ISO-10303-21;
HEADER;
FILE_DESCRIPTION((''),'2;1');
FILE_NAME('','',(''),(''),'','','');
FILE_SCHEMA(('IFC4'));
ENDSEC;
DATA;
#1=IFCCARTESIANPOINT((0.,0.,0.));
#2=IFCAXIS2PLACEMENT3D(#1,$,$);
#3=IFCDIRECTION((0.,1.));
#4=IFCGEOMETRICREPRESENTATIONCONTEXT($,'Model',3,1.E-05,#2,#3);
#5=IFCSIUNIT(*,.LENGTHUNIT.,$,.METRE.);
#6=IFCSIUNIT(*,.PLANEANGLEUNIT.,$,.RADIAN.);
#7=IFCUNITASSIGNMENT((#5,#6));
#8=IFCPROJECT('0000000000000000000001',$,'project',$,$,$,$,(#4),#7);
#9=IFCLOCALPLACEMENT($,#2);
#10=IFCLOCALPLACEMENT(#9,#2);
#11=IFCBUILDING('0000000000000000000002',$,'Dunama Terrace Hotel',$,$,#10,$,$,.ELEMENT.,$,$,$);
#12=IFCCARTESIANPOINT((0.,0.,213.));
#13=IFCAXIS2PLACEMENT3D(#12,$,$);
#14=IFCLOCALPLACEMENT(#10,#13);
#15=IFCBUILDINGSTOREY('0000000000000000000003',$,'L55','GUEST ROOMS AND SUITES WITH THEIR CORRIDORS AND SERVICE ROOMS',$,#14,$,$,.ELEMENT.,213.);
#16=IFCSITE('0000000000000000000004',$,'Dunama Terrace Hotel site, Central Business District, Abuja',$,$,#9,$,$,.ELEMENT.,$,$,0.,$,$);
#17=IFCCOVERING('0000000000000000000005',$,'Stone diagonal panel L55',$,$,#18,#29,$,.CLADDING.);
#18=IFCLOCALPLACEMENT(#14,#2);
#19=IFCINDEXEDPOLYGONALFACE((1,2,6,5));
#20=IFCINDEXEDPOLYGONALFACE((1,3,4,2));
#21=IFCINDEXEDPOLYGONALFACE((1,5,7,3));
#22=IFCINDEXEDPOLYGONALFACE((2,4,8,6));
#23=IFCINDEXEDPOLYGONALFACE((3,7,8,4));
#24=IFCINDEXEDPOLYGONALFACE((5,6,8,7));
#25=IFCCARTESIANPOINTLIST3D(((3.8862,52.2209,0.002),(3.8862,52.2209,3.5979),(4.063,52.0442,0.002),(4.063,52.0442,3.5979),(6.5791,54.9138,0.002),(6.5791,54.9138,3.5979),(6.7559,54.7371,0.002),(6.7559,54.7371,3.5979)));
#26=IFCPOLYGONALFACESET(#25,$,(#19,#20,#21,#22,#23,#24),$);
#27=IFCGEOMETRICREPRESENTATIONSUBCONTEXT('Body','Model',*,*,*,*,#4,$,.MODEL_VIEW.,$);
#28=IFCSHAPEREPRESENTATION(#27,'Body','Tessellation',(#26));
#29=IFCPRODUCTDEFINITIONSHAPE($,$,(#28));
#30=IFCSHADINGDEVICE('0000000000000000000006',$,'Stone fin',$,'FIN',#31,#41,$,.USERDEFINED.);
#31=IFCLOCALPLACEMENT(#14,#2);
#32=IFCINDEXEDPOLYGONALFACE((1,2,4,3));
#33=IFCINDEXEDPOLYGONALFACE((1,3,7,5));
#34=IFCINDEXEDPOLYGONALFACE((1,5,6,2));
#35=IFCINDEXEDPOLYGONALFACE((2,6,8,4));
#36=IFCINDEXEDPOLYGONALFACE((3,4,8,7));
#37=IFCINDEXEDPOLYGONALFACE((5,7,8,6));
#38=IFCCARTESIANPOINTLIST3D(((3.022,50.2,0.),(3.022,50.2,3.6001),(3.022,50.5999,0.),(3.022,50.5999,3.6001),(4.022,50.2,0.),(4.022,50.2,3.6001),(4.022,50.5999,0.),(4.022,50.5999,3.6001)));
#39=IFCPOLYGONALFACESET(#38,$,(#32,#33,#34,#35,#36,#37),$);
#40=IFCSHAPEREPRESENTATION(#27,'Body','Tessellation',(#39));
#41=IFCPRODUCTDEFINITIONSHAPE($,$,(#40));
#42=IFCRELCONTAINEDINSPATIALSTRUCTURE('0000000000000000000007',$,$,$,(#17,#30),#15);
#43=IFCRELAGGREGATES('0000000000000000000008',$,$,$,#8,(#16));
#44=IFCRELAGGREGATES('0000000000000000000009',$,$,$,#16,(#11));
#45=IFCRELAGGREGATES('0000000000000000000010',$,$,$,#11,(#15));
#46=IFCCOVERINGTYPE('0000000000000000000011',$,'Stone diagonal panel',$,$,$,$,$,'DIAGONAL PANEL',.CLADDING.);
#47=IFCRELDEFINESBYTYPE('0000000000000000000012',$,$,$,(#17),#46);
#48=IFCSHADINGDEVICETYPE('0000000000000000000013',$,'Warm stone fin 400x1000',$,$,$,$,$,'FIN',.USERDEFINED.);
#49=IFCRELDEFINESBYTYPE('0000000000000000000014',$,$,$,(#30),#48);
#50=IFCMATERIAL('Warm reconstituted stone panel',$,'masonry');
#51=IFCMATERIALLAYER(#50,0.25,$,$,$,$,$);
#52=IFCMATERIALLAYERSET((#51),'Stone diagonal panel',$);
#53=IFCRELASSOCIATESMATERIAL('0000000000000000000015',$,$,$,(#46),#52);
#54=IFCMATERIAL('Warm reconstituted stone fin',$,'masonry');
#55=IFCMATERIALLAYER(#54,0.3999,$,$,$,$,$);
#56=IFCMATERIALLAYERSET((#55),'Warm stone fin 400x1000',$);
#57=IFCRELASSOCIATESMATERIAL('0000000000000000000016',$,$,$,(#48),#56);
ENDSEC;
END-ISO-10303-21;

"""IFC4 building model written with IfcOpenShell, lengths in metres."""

from ifc_helpers import new_model, si_unit, direction, frame, origin, origin_2d, place, context, subcontext, project, spatial, rectangle, extrude, material, layer, layer_set, type_object, element, save


model = new_model("IFC4")

# Units and contexts
model_context = context("Model", 3, precision=1e-05, world=origin(), true_north=direction((0.0, 1.0)))
body_context = subcontext(model_context, "Body", "Model", "MODEL_VIEW")
ifc_project = project(units=[si_unit("LENGTHUNIT", "METRE"), si_unit("PLANEANGLEUNIT", "RADIAN")], contexts=[model_context])

# Site, building, storey
site_placement = place(None, origin())
site = spatial("IfcSite", under=ifc_project, at=site_placement, Name="Dunama Terrace Hotel site, Central Business District, Abuja", CompositionType="ELEMENT", RefElevation=0.0)
building_placement = place(site_placement, origin())
building = spatial("IfcBuilding", under=site, at=building_placement, Name="Dunama Terrace Hotel", CompositionType="ELEMENT")
storey_placement = place(building_placement, frame((0.0, 0.0, 213.0)))
storey = spatial("IfcBuildingStorey", under=building, at=storey_placement, Name="L55", Description="GUEST ROOMS AND SUITES WITH THEIR CORRIDORS AND SERVICE ROOMS", CompositionType="ELEMENT", Elevation=213.0)

# Covering
ifc_material_1 = material(Name="Warm reconstituted stone panel", Category="masonry")
ifc_layer_1 = layer(ifc_material_1, 0.25)
ifc_layer_set_1 = layer_set([ifc_layer_1], Name="Stone diagonal panel")
covering_type = type_object("IfcCoveringType", Name="Stone diagonal panel", ElementType="DIAGONAL PANEL", PredefinedType="CLADDING", material=ifc_layer_set_1)
covering_placement = place(storey_placement, frame((5.321, 53.479, 0.002), z_axis=(0.0, 0.0, 1.0), x_axis=(-0.707107, -0.707107, 0.0)))
element("IfcCovering", 1, at=covering_placement, inside=storey, type_object=covering_type, Name="Stone diagonal panel L55", PredefinedType="CLADDING", context=body_context, shape_type="SweptSolid", body=[
    extrude(rectangle(XDim=3.8083, YDim=0.25, at=origin_2d()), origin(), (0.0, 0.0, 1.0), 3.5959),
])

# Shading device
ifc_material_2 = material(Name="Warm reconstituted stone fin", Category="masonry")
ifc_layer_2 = layer(ifc_material_2, 0.3999)
ifc_layer_set_2 = layer_set([ifc_layer_2], Name="Warm stone fin 400x1000")
shading_device_type = type_object("IfcShadingDeviceType", Name="Warm stone fin 400x1000", ElementType="FIN", PredefinedType="USERDEFINED", material=ifc_layer_set_2)
shading_device_placement = place(storey_placement, frame((3.522, 50.3999, 0.0), z_axis=(0.0, 0.0, 1.0), x_axis=(0.0, -1.0, 0.0)))
element("IfcShadingDevice", 2, at=shading_device_placement, inside=storey, type_object=shading_device_type, Name="Stone fin", ObjectType="FIN", PredefinedType="USERDEFINED", context=body_context, shape_type="SweptSolid", body=[
    extrude(rectangle(XDim=0.3999, YDim=1.0, at=origin_2d()), origin(), (0.0, 0.0, 1.0), 3.6001),
])

save(model, "model.ifc")
